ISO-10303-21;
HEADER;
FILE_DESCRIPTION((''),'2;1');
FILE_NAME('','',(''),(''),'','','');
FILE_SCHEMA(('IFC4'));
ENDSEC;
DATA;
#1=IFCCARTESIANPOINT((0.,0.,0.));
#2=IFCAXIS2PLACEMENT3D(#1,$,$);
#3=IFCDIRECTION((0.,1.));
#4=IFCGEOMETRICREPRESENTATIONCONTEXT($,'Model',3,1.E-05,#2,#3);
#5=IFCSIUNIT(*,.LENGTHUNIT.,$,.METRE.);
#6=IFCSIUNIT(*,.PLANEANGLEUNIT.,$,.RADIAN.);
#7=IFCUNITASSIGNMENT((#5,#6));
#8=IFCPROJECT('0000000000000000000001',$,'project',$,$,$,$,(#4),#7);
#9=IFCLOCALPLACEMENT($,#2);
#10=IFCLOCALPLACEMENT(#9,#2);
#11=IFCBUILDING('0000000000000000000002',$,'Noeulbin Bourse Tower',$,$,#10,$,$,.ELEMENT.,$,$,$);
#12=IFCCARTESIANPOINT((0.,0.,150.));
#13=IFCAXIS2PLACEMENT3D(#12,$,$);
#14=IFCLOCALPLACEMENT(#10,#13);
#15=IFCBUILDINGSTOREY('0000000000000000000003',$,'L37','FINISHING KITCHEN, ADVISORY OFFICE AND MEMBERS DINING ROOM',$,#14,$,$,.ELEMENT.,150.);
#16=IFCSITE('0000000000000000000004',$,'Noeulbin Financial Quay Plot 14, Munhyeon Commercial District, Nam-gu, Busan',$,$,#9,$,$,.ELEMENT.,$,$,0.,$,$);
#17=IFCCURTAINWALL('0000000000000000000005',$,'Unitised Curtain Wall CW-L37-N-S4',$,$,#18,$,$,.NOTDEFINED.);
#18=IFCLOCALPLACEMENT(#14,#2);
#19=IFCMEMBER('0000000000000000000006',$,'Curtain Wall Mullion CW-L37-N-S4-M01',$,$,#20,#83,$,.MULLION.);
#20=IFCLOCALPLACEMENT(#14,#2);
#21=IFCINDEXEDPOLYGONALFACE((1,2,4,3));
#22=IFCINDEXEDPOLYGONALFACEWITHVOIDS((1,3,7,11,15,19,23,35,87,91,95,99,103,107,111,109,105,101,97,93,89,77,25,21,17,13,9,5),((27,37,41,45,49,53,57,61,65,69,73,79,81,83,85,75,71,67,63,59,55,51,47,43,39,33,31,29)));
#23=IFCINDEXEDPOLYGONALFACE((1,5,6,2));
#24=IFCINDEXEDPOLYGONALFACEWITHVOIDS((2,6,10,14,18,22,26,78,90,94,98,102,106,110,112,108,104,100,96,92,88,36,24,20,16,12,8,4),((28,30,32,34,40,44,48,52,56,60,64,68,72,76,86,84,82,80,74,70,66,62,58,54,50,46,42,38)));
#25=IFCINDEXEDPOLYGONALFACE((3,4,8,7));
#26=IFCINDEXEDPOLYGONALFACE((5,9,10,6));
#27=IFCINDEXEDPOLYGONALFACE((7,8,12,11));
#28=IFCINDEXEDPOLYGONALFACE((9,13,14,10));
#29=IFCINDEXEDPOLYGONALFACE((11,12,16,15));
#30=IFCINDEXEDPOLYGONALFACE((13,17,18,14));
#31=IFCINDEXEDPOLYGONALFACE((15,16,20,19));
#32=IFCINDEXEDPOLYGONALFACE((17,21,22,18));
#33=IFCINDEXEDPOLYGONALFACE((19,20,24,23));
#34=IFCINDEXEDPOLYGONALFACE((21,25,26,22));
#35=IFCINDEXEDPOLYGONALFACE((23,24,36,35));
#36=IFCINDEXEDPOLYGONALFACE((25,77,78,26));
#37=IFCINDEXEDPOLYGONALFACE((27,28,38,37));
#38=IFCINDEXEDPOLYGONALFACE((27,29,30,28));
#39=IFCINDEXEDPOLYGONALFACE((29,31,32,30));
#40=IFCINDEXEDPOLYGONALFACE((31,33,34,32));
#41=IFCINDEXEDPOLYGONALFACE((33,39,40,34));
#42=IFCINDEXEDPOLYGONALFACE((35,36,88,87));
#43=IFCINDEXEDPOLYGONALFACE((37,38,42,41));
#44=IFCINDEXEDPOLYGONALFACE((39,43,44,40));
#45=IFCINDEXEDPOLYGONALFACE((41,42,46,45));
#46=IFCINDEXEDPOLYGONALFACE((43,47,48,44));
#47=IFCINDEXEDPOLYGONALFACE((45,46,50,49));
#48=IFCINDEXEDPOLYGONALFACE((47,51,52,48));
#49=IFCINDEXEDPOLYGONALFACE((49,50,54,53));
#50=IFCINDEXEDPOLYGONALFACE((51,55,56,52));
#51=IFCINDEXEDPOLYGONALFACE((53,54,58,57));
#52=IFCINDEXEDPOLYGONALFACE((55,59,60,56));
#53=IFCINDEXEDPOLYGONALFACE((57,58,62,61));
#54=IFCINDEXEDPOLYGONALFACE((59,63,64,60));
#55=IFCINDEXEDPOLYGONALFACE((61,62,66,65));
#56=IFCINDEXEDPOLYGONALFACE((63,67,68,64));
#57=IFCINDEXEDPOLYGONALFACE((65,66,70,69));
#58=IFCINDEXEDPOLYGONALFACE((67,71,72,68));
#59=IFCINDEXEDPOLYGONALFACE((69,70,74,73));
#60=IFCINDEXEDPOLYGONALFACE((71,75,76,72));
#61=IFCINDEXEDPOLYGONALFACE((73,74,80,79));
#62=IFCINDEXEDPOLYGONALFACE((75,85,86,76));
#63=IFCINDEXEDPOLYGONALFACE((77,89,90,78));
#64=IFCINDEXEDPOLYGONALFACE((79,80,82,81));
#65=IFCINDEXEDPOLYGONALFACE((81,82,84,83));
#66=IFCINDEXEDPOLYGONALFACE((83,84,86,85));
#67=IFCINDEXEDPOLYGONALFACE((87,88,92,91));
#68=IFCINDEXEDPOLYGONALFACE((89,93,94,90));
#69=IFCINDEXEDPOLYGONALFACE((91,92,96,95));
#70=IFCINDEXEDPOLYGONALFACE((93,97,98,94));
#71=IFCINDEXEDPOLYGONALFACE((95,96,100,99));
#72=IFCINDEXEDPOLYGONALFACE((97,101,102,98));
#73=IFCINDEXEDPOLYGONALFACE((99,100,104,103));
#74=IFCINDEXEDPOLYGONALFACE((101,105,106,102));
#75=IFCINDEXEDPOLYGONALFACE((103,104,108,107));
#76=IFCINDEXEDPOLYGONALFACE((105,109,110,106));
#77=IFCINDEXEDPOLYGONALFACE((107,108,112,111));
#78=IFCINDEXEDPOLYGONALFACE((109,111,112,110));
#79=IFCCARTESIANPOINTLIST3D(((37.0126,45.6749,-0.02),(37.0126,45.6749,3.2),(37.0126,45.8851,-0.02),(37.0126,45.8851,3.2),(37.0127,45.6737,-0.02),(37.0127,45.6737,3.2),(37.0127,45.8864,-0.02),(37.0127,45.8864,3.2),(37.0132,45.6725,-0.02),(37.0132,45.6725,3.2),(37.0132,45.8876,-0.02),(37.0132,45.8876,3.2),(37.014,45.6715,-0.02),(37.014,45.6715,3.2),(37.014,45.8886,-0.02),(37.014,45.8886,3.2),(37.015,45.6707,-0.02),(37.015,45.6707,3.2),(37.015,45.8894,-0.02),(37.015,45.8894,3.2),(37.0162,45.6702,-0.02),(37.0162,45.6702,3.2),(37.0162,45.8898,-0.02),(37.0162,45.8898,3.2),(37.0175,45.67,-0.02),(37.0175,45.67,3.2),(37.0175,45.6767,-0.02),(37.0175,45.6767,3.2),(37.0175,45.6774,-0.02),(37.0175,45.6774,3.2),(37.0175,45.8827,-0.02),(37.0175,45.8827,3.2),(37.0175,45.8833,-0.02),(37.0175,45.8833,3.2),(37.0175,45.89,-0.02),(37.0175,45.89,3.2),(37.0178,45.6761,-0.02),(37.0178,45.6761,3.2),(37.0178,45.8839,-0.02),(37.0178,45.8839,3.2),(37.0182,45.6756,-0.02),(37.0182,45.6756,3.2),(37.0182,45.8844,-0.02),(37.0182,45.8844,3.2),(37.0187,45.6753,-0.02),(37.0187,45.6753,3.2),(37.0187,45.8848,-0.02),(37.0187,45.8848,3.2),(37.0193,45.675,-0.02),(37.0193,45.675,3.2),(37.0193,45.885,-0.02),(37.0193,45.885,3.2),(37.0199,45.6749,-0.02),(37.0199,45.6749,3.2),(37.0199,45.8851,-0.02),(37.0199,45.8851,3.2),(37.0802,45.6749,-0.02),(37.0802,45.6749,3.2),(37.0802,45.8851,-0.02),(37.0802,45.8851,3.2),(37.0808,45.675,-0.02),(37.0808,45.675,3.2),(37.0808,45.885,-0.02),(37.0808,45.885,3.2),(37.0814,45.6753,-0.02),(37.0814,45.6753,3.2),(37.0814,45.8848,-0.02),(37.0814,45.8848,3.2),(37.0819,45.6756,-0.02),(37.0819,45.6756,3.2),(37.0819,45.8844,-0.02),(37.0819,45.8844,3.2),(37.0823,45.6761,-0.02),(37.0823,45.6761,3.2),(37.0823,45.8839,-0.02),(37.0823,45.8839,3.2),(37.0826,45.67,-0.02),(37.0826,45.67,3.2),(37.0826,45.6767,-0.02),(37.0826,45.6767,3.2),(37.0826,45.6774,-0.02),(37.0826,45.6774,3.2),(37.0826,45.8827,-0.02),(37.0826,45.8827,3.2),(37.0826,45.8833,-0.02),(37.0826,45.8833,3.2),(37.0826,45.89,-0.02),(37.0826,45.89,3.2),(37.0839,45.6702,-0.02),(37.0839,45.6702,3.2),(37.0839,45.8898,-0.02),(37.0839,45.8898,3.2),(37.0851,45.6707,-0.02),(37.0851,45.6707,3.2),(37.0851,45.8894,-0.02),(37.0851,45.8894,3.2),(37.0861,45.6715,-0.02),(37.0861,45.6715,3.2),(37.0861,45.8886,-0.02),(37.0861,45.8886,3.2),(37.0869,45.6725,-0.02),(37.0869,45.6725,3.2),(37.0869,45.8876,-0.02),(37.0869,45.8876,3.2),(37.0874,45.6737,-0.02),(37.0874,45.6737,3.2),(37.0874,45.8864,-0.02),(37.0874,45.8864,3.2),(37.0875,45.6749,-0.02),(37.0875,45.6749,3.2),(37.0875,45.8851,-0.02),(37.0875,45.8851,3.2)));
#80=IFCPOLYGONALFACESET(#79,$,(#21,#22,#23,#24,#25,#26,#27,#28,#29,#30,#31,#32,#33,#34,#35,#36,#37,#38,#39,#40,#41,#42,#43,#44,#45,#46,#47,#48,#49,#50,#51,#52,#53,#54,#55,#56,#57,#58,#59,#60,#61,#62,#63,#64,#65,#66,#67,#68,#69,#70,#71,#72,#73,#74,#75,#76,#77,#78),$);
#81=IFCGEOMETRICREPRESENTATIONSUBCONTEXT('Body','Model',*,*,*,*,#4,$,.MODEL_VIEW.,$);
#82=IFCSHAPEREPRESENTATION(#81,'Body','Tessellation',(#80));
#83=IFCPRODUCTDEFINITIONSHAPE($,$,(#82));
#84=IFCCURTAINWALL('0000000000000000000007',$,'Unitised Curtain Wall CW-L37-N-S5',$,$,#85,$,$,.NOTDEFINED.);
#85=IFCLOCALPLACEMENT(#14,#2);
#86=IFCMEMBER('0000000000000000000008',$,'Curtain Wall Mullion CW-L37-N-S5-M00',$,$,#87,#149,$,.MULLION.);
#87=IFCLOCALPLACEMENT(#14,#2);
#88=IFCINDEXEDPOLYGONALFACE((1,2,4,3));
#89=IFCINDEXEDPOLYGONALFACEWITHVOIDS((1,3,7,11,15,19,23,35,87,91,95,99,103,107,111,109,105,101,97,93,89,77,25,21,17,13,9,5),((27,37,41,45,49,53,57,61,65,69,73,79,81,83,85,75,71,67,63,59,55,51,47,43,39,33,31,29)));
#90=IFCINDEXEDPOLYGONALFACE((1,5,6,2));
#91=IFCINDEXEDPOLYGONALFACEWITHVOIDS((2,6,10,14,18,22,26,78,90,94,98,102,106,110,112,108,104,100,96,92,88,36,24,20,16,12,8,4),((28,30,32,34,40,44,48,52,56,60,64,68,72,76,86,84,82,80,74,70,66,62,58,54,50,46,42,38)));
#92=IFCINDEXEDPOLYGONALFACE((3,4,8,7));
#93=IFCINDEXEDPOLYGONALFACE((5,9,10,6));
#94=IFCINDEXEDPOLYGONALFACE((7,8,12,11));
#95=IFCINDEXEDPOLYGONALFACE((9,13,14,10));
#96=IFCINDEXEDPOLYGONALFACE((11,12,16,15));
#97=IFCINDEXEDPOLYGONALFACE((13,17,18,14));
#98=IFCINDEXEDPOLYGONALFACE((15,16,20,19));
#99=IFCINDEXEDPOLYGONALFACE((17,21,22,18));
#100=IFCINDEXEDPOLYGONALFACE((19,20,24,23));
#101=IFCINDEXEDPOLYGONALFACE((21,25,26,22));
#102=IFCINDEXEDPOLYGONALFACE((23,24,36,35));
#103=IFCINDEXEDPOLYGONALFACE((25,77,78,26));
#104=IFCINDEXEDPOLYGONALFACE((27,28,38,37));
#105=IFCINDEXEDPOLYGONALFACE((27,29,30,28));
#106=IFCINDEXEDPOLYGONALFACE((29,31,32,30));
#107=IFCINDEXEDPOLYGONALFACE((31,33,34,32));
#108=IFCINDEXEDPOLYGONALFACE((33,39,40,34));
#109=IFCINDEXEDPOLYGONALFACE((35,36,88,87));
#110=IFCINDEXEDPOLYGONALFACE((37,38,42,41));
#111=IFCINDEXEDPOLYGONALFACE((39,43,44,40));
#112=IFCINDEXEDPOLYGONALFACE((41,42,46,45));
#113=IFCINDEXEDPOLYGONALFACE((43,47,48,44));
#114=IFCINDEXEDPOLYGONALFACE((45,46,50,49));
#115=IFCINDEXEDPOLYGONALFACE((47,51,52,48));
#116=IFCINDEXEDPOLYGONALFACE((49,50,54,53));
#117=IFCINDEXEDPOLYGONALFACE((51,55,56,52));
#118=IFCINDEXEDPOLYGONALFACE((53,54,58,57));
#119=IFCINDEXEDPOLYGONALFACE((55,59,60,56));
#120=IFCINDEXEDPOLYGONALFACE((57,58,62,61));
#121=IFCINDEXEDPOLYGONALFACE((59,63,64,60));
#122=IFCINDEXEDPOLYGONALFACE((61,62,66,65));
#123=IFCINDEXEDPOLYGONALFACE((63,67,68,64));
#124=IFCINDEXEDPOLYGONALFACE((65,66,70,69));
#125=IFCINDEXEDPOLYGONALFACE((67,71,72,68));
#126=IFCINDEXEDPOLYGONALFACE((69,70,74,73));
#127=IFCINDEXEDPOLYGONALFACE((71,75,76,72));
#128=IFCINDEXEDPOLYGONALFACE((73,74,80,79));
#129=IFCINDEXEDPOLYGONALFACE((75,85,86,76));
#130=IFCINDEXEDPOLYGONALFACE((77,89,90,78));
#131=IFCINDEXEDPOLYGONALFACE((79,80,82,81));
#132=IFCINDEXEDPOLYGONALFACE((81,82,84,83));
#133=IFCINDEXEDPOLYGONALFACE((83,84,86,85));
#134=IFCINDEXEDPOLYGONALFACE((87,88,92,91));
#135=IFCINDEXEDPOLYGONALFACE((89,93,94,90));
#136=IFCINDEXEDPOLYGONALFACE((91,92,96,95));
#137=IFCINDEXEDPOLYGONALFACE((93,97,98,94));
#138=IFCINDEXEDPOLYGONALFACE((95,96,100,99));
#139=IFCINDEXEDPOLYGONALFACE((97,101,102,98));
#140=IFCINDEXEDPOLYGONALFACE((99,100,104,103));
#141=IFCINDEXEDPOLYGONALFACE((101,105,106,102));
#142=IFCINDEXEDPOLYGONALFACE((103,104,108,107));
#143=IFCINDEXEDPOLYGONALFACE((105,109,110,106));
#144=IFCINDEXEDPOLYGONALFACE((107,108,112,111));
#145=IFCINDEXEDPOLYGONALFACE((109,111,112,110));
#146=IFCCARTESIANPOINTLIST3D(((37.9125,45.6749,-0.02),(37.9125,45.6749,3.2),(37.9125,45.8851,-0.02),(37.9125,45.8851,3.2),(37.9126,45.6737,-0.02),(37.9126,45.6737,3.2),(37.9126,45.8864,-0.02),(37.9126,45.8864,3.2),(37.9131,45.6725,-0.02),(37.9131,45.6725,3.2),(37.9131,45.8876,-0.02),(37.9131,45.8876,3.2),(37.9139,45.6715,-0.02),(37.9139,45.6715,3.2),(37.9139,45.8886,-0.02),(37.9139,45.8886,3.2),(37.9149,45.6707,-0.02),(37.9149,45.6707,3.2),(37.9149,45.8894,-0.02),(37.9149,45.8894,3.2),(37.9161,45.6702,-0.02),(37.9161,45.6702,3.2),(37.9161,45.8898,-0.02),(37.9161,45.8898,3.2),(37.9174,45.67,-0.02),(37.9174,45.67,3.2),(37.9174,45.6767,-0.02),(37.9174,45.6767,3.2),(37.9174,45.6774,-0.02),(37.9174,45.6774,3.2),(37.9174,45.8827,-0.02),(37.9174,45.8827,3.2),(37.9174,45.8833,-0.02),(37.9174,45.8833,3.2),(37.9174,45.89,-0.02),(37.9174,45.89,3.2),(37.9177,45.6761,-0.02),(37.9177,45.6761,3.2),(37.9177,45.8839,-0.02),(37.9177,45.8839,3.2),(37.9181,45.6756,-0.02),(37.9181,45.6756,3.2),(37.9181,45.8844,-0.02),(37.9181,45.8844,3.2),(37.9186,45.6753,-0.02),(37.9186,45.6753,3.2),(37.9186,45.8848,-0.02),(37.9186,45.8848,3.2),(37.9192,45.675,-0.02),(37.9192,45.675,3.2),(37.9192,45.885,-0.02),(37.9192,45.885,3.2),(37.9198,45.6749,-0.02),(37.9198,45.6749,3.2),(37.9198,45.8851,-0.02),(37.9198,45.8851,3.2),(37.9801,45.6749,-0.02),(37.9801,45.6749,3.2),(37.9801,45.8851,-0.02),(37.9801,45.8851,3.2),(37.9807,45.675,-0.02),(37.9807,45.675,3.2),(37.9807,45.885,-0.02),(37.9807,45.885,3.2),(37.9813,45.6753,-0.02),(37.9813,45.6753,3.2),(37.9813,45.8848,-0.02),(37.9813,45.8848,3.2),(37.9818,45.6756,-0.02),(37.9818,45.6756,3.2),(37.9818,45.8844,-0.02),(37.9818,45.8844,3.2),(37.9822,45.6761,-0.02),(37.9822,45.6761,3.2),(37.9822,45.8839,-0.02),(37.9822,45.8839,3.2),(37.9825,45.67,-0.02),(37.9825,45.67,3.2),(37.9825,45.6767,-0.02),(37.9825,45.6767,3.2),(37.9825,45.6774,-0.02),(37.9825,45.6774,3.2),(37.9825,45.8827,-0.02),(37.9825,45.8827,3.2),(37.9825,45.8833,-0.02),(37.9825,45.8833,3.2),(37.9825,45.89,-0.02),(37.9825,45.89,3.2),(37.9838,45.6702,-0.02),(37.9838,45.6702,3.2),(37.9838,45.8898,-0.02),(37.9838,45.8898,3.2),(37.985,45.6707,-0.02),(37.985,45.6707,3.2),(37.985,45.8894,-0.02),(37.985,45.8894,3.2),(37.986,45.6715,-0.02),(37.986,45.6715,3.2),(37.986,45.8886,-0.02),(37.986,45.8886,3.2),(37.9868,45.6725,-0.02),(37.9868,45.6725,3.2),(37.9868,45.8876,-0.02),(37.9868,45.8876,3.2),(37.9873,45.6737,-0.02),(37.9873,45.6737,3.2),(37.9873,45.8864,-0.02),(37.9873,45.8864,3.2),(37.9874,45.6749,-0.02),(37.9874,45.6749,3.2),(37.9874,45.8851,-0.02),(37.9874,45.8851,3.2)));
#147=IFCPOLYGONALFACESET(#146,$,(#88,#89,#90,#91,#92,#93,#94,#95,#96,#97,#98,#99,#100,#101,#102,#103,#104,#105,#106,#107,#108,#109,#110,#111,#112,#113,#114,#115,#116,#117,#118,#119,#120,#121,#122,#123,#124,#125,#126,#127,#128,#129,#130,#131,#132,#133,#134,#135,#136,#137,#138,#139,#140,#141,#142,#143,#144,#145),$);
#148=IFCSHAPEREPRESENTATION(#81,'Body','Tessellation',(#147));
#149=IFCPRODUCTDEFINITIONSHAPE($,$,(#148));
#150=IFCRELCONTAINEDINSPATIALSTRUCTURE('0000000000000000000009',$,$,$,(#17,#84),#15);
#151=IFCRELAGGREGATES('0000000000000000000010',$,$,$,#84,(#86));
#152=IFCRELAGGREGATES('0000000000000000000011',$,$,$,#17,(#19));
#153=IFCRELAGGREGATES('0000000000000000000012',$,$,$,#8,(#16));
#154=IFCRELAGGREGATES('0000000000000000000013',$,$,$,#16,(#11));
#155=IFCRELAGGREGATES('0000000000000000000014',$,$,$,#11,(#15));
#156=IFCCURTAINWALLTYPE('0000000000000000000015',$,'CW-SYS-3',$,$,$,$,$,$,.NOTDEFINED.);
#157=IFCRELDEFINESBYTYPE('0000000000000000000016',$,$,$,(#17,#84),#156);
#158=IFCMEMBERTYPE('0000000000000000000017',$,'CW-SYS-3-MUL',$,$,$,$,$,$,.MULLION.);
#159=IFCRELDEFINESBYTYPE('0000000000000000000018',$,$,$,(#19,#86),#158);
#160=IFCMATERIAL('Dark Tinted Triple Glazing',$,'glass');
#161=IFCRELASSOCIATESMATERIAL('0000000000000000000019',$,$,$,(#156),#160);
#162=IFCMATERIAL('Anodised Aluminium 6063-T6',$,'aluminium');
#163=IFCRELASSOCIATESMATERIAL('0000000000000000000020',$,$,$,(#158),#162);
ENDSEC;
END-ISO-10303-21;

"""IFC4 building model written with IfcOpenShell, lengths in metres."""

from ifc_helpers import new_model, si_unit, direction, frame, origin, origin_2d, place, context, subcontext, project, spatial, hollow_rectangle, extrude, material, material_profile, profile_set, type_object, element, aggregate, save


model = new_model("IFC4")

# Units and contexts
model_context = context("Model", 3, precision=1e-05, world=origin(), true_north=direction((0.0, 1.0)))
body_context = subcontext(model_context, "Body", "Model", "MODEL_VIEW")
ifc_project = project(units=[si_unit("LENGTHUNIT", "METRE"), si_unit("PLANEANGLEUNIT", "RADIAN")], contexts=[model_context])

# Site, building, storey
site_placement = place(None, origin())
site = spatial("IfcSite", under=ifc_project, at=site_placement, Name="Noeulbin Financial Quay Plot 14, Munhyeon Commercial District, Nam-gu, Busan", CompositionType="ELEMENT", RefElevation=0.0)
building_placement = place(site_placement, origin())
building = spatial("IfcBuilding", under=site, at=building_placement, Name="Noeulbin Bourse Tower", CompositionType="ELEMENT")
storey_placement = place(building_placement, frame((0.0, 0.0, 150.0)))
storey = spatial("IfcBuildingStorey", under=building, at=storey_placement, Name="L37", Description="FINISHING KITCHEN, ADVISORY OFFICE AND MEMBERS DINING ROOM", CompositionType="ELEMENT", Elevation=150.0)

# Shared definitions
ifc_material_1 = material(Name="Dark Tinted Triple Glazing", Category="glass")
curtain_wall_type = type_object("IfcCurtainWallType", Name="CW-SYS-3", PredefinedType="NOTDEFINED", material=ifc_material_1)
ifc_material_2 = material(Name="Anodised Aluminium 6063-T6", Category="aluminium")
ifc_material_profile_1 = material_profile(ifc_material_2, hollow_rectangle(XDim=0.075, YDim=0.22, WallThickness=0.0049, InnerFilletRadius=0.0024, OuterFilletRadius=0.0049, at=origin_2d()), Name="ALU-MULL-75x220x5", Category="LoadBearing")
ifc_profile_set_1 = profile_set([ifc_material_profile_1], Name="Anodised Aluminium 6063-T6")
member_type_1 = type_object("IfcMemberType", Name="CW-SYS-3-MUL", PredefinedType="MULLION", material=ifc_profile_set_1)

# Curtain wall, member
curtain_wall_1_placement = place(storey_placement, origin())
curtain_wall_1 = element("IfcCurtainWall", 1, at=curtain_wall_1_placement, inside=storey, type_object=curtain_wall_type, Name="Unitised Curtain Wall CW-L37-N-S4", PredefinedType="NOTDEFINED")
member_1_placement = place(storey_placement, frame((37.05, 45.78, -0.02), z_axis=(0.0, 0.0, 1.0), x_axis=(1.0, 0.0, 0.0)))
member_1 = element("IfcMember", 2, at=member_1_placement, type_object=member_type_1, Name="Curtain Wall Mullion CW-L37-N-S4-M01", PredefinedType="MULLION", context=body_context, shape_type="SweptSolid", body=[
    extrude(hollow_rectangle(XDim=0.075, YDim=0.22, WallThickness=0.0049, InnerFilletRadius=0.0024, OuterFilletRadius=0.0049, at=origin_2d()), origin(), (0.0, 0.0, 1.0), 3.22),
])

# Curtain wall, member
curtain_wall_2_placement = place(storey_placement, origin())
curtain_wall_2 = element("IfcCurtainWall", 3, at=curtain_wall_2_placement, inside=storey, type_object=curtain_wall_type, Name="Unitised Curtain Wall CW-L37-N-S5", PredefinedType="NOTDEFINED")
member_2_placement = place(storey_placement, frame((37.95, 45.78, -0.02), z_axis=(0.0, 0.0, 1.0), x_axis=(1.0, 0.0, 0.0)))
member_2 = element("IfcMember", 4, at=member_2_placement, type_object=member_type_1, Name="Curtain Wall Mullion CW-L37-N-S5-M00", PredefinedType="MULLION", context=body_context, shape_type="SweptSolid", body=[
    extrude(hollow_rectangle(XDim=0.075, YDim=0.22, WallThickness=0.0049, InnerFilletRadius=0.0024, OuterFilletRadius=0.0049, at=origin_2d()), origin(), (0.0, 0.0, 1.0), 3.22),
])

aggregate(curtain_wall_2, [member_2])

aggregate(curtain_wall_1, [member_1])

save(model, "model.ifc")
